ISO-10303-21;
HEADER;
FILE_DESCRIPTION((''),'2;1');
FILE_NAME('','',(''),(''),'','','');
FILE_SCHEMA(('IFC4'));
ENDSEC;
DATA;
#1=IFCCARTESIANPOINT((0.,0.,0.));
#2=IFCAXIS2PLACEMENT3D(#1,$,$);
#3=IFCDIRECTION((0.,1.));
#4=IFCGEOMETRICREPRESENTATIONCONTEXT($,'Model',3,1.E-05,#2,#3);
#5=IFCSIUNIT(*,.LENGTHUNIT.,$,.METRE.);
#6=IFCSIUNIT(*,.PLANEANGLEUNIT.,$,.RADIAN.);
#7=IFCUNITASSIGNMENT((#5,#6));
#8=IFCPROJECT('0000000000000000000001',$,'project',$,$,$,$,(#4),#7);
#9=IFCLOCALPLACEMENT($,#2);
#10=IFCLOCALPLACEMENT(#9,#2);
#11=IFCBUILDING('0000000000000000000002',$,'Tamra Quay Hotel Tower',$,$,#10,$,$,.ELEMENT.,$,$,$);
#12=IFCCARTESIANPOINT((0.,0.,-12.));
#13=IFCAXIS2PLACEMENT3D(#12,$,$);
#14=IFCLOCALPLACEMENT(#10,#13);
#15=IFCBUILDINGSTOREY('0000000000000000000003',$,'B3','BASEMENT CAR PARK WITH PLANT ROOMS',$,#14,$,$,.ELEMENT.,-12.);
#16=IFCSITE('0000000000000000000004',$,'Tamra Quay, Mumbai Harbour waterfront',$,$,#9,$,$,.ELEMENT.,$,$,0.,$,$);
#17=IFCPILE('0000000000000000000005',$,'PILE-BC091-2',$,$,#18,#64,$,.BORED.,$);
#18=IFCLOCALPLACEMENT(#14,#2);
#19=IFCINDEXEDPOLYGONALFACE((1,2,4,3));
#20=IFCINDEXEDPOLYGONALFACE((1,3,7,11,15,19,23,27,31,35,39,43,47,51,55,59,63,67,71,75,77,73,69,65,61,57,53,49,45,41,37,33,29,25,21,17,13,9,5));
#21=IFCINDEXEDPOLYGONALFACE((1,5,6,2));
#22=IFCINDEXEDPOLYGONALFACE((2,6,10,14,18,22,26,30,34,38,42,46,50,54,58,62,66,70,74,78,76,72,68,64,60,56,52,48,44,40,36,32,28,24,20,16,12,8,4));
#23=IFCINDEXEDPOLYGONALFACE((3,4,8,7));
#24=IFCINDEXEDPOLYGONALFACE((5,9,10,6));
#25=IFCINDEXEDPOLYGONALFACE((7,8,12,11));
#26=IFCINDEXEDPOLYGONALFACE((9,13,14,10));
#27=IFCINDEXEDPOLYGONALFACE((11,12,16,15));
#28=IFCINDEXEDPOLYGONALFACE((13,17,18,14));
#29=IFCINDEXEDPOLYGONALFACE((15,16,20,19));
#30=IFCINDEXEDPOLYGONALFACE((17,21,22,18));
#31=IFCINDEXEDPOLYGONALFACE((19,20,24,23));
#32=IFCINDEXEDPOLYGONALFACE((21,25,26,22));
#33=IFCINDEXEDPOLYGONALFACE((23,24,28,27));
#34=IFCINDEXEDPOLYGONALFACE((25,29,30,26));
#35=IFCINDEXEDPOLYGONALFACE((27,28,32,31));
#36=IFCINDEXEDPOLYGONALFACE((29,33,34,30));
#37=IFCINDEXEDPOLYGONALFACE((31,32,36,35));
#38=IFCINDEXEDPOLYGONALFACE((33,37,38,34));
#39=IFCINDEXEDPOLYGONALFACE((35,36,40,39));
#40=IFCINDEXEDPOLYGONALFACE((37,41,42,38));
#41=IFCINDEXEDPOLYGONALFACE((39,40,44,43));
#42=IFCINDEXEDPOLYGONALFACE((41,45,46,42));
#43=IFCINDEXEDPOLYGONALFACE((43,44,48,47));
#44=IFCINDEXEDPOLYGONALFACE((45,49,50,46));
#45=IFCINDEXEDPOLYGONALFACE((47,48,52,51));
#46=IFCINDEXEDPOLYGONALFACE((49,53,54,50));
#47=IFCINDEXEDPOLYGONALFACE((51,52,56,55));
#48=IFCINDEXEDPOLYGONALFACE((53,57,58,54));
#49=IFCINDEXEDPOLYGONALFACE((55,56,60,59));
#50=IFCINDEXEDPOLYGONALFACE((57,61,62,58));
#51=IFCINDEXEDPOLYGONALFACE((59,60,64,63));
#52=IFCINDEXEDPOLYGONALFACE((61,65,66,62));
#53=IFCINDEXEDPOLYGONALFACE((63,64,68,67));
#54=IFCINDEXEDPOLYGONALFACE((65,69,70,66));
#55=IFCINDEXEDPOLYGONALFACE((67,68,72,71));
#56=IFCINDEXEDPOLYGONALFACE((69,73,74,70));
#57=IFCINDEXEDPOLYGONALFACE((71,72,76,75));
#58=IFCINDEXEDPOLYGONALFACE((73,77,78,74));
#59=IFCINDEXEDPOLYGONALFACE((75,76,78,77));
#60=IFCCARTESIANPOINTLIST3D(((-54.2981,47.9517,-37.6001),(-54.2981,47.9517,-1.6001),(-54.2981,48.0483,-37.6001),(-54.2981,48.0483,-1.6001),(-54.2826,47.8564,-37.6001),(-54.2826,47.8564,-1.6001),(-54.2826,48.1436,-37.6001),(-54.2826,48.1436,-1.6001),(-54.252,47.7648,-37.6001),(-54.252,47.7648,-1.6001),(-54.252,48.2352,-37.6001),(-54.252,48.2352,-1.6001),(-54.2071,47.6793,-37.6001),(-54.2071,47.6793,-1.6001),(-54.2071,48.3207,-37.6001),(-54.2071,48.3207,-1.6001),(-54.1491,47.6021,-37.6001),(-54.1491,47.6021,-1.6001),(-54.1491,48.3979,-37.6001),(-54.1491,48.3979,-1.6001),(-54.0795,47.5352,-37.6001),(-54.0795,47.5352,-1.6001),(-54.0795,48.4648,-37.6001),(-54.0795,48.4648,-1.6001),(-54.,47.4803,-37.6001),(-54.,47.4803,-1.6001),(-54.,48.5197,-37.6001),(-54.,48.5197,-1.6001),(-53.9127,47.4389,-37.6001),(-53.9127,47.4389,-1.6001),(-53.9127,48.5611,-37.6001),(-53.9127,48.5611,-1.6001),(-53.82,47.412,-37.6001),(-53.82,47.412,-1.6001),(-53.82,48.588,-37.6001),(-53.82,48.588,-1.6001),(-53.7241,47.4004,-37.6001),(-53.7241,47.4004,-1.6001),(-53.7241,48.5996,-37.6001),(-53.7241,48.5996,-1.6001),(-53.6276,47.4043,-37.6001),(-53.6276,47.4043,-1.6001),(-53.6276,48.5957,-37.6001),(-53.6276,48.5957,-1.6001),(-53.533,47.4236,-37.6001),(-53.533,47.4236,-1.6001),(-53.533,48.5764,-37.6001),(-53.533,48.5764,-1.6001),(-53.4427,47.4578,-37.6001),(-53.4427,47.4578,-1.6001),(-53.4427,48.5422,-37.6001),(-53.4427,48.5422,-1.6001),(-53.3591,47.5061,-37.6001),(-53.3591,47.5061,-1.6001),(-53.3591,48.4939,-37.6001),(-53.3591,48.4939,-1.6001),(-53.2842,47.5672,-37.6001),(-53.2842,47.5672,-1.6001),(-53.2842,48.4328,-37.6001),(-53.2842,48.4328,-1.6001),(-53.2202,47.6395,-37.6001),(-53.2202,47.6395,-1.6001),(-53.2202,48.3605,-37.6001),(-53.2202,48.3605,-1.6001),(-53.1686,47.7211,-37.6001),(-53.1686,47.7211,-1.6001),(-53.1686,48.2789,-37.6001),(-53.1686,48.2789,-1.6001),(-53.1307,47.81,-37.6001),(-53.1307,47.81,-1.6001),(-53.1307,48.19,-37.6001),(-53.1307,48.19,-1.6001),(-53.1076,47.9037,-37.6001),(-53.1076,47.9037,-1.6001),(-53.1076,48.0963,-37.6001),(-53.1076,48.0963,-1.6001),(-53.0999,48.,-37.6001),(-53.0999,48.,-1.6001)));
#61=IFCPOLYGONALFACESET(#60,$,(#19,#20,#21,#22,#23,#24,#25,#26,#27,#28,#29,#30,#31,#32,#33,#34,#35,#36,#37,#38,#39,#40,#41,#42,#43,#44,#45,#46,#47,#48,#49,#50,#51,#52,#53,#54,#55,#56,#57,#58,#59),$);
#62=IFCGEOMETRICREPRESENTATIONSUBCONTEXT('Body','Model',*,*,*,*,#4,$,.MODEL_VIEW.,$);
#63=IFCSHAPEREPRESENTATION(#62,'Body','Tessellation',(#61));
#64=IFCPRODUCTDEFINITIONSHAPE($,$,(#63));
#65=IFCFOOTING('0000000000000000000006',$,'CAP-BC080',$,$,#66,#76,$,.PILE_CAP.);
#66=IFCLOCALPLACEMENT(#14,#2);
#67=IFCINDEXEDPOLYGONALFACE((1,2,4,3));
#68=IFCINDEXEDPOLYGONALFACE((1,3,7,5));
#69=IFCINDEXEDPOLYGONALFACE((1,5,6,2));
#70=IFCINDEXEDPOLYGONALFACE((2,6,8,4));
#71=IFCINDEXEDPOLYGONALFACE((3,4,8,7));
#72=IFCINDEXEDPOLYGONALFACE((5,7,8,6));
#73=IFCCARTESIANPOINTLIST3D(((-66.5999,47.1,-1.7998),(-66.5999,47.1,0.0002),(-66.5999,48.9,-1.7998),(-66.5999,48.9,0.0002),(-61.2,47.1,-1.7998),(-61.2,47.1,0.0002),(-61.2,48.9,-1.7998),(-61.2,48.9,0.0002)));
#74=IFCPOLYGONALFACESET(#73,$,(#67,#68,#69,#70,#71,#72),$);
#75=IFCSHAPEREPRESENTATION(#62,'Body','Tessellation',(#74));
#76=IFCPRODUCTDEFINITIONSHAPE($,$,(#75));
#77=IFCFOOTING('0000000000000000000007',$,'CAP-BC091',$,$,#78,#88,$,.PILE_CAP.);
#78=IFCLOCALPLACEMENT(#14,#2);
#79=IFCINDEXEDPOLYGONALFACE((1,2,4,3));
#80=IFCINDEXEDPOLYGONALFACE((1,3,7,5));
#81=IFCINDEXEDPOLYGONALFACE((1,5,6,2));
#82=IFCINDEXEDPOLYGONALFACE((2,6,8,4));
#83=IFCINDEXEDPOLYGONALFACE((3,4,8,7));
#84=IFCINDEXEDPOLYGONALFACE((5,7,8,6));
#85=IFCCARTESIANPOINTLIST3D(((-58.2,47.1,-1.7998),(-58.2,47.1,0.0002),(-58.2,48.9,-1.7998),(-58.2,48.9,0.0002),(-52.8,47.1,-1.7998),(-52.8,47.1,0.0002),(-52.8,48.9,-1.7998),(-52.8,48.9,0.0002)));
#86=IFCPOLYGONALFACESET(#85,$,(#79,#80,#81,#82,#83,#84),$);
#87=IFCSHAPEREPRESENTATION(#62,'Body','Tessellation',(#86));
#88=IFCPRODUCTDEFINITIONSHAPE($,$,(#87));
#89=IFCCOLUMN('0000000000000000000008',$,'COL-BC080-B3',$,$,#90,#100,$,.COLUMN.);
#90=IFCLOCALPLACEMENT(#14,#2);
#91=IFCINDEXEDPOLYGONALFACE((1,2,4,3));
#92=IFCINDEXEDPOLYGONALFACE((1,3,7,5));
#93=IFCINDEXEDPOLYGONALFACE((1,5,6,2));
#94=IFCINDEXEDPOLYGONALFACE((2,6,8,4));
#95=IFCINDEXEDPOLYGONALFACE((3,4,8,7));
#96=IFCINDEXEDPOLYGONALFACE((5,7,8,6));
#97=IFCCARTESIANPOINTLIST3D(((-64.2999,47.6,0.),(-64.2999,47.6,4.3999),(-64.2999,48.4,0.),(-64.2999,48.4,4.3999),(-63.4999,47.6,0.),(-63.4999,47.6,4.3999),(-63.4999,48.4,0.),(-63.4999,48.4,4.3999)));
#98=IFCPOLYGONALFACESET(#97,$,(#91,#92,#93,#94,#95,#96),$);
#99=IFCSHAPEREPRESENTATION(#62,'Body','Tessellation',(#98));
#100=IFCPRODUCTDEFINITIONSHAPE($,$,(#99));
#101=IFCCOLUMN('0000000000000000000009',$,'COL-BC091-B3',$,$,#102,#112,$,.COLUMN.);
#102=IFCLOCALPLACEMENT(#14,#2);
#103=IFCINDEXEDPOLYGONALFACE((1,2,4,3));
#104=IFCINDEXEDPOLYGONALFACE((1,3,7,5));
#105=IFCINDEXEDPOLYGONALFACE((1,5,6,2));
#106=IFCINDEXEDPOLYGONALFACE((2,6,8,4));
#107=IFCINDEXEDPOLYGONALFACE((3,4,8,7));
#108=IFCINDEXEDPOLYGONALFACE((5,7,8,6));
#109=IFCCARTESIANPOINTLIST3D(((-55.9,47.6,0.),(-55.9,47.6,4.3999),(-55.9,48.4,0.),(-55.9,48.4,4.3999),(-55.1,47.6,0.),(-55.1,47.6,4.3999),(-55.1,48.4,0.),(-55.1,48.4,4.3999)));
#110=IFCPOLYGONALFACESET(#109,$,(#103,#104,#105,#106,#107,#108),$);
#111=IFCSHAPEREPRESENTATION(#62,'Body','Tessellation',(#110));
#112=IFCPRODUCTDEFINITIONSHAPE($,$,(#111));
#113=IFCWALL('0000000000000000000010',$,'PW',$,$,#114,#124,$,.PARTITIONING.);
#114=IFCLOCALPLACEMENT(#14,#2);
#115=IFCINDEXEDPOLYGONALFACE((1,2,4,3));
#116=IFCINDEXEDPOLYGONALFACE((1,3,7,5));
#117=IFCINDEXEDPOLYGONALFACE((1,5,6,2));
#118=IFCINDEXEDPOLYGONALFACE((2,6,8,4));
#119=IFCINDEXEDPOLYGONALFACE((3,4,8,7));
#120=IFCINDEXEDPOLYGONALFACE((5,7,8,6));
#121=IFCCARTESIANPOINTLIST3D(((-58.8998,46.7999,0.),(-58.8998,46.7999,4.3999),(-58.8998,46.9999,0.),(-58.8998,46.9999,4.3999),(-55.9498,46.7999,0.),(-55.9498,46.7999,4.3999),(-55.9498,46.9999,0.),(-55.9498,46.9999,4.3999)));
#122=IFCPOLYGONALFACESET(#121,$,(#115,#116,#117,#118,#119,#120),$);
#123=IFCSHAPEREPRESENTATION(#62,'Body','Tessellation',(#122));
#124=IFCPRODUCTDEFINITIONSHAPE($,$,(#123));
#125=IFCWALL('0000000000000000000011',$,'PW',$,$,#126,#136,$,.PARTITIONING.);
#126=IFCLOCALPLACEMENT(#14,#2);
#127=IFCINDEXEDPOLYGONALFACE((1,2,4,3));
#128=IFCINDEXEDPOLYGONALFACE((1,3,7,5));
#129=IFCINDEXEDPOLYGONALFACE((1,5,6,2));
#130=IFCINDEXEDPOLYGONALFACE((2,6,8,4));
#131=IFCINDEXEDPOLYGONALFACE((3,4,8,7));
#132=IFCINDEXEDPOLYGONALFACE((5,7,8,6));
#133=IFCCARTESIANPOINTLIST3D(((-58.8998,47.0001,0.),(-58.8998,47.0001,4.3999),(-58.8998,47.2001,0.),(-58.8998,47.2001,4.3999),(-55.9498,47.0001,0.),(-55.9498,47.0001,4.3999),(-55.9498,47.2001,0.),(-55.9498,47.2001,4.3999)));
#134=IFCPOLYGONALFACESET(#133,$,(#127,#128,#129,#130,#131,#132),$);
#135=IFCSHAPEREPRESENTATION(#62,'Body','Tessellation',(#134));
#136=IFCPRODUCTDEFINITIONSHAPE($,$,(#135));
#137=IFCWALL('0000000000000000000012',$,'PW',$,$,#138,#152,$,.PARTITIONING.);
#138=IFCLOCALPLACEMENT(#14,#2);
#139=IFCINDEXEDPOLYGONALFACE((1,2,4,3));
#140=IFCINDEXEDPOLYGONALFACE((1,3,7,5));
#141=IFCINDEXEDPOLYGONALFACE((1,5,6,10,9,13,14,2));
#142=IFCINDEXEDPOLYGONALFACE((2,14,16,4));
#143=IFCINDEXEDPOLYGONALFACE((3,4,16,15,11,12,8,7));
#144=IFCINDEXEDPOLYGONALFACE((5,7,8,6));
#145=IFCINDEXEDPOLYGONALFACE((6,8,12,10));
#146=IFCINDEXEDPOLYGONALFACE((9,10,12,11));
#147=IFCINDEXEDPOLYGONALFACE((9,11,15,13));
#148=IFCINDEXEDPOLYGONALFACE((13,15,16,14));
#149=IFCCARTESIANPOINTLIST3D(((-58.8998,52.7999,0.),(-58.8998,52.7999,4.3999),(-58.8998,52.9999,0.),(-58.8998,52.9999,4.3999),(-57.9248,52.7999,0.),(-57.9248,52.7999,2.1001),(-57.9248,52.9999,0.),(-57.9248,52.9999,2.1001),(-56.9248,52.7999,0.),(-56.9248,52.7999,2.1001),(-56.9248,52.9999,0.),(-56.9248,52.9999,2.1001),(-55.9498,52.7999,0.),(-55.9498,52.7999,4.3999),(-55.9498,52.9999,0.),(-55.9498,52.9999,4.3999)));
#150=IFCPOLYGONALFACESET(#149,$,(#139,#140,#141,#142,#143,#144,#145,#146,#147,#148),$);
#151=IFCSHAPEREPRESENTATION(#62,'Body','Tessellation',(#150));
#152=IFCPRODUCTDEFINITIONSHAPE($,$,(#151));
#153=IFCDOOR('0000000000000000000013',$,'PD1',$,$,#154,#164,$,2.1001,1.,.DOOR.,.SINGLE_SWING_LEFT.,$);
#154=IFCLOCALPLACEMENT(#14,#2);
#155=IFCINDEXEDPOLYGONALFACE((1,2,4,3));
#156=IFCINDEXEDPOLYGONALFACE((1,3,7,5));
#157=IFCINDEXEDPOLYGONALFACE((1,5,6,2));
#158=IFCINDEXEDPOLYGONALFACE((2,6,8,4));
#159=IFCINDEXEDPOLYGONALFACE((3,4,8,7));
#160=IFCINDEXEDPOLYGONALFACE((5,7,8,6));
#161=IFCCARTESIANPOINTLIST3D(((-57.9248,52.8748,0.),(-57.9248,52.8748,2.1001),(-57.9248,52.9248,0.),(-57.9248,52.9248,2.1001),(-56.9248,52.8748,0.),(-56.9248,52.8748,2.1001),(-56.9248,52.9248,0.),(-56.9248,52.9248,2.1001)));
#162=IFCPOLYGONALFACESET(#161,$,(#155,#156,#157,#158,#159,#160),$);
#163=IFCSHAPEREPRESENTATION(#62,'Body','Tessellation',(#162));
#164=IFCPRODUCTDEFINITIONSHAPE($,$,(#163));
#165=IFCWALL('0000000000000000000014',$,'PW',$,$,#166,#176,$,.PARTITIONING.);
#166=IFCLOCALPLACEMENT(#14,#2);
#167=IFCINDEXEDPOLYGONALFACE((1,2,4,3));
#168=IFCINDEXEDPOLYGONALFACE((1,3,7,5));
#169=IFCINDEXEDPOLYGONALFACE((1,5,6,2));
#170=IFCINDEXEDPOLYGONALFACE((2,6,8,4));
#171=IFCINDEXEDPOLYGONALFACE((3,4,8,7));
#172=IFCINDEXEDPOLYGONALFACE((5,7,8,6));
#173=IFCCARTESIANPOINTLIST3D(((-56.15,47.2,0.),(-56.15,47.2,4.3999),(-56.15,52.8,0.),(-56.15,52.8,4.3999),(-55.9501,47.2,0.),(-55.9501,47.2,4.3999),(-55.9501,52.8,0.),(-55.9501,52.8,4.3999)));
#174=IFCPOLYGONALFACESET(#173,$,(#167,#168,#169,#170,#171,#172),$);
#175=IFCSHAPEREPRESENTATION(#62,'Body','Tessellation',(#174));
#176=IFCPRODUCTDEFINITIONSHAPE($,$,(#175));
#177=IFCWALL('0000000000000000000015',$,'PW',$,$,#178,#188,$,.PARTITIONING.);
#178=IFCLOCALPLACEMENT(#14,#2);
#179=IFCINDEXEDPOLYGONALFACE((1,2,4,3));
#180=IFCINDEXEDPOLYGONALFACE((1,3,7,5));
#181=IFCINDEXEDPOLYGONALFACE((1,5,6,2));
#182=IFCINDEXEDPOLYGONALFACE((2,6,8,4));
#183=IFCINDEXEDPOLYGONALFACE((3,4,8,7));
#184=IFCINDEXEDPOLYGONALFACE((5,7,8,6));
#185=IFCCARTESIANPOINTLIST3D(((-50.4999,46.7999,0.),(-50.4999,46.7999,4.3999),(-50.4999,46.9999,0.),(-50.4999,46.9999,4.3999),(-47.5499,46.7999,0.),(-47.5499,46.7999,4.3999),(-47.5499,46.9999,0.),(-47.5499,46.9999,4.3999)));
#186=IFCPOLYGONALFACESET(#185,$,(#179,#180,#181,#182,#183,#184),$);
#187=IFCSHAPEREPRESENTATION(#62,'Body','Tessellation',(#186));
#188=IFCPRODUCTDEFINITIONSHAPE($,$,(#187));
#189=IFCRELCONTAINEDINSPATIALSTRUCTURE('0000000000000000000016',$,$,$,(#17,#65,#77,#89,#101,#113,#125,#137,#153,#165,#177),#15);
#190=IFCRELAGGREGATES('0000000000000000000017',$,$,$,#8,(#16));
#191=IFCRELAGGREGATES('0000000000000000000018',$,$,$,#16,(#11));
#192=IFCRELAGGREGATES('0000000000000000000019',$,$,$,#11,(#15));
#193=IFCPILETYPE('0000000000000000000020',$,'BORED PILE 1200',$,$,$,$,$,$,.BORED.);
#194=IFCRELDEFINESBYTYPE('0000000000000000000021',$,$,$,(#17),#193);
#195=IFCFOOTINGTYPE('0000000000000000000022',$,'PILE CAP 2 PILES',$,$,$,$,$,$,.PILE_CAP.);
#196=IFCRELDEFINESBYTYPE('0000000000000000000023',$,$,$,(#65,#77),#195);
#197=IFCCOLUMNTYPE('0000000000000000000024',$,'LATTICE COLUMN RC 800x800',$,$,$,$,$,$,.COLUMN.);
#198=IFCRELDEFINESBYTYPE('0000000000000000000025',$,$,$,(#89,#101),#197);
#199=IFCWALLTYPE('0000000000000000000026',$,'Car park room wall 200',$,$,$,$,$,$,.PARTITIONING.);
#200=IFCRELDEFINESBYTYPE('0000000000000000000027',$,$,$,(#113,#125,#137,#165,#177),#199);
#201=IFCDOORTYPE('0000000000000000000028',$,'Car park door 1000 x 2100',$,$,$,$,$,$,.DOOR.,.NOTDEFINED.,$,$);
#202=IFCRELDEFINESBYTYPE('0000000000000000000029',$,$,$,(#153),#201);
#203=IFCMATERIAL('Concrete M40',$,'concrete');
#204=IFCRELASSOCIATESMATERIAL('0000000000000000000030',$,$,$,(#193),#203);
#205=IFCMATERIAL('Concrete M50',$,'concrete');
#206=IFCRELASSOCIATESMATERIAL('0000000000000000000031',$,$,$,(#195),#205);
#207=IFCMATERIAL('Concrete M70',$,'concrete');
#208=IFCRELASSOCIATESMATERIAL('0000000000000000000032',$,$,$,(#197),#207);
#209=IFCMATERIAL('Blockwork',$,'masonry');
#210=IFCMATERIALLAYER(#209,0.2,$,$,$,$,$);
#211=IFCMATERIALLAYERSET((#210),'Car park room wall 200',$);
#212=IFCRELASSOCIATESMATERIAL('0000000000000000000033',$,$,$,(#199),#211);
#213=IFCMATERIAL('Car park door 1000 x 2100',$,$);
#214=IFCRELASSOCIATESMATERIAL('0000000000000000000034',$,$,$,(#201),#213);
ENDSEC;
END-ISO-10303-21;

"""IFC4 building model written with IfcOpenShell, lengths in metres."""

from ifc_helpers import new_model, si_unit, direction, frame, frame_2d, origin, origin_2d, place, context, subcontext, project, spatial, rectangle, circle, extrude, material, layer, layer_set, material_profile, profile_set, type_object, element, fill, save


model = new_model("IFC4")

# Units and contexts
model_context = context("Model", 3, precision=1e-05, world=origin(), true_north=direction((0.0, 1.0)))
body_context = subcontext(model_context, "Body", "Model", "MODEL_VIEW")
ifc_project = project(units=[si_unit("LENGTHUNIT", "METRE"), si_unit("PLANEANGLEUNIT", "RADIAN")], contexts=[model_context])

# Site, building, storey
site_placement = place(None, origin())
site = spatial("IfcSite", under=ifc_project, at=site_placement, Name="Tamra Quay, Mumbai Harbour waterfront", CompositionType="ELEMENT", RefElevation=0.0)
building_placement = place(site_placement, origin())
building = spatial("IfcBuilding", under=site, at=building_placement, Name="Tamra Quay Hotel Tower", CompositionType="ELEMENT")
storey_placement = place(building_placement, frame((0.0, 0.0, -12.0)))
storey = spatial("IfcBuildingStorey", under=building, at=storey_placement, Name="B3", Description="BASEMENT CAR PARK WITH PLANT ROOMS", CompositionType="ELEMENT", Elevation=-12.0)

# Pile
ifc_material_1 = material(Name="Concrete M40", Category="concrete")
ifc_material_profile_1 = material_profile(ifc_material_1, circle(Radius=0.6001, at=origin_2d()), Name="BORED PILE 1200")
ifc_profile_set_1 = profile_set([ifc_material_profile_1], Name="Concrete M40")
pile_type = type_object("IfcPileType", Name="BORED PILE 1200", PredefinedType="BORED", material=ifc_profile_set_1)
for number, where, z_axis, x_axis, name in (
    (1, (-53.7, 48.0, -1.6001), (0.0, 0.0, -1.0), (1.0, 0.0, 0.0), "PILE-BC091-2"),
):
    element("IfcPile", number, at=place(storey_placement, frame(where, z_axis=z_axis, x_axis=x_axis)), inside=storey, type_object=pile_type, Name=name, PredefinedType="BORED", context=body_context, shape_type="SweptSolid", body=[
        extrude(circle(Radius=0.6001, at=origin_2d()), origin(), (0.0, 0.0, 1.0), 36.0),
    ])

# Footings
ifc_material_2 = material(Name="Concrete M50", Category="concrete")
footing_type = type_object("IfcFootingType", Name="PILE CAP 2 PILES", PredefinedType="PILE_CAP", material=ifc_material_2)
for number, where, z_axis, x_axis, name in (
    (2, (-63.8999, 48.0, -1.7998), (0.0, 0.0, 1.0), (1.0, 0.0, 0.0), "CAP-BC080"),
    (3, (-55.5, 48.0, -1.7998), (0.0, 0.0, 1.0), (1.0, 0.0, 0.0), "CAP-BC091"),
):
    element("IfcFooting", number, at=place(storey_placement, frame(where, z_axis=z_axis, x_axis=x_axis)), inside=storey, type_object=footing_type, Name=name, PredefinedType="PILE_CAP", context=body_context, shape_type="SweptSolid", body=[
        extrude(rectangle(XDim=5.3999, YDim=1.8, at=origin_2d()), origin(), (0.0, 0.0, 1.0), 1.8),
    ])

# Columns
ifc_material_3 = material(Name="Concrete M70", Category="concrete")
ifc_material_profile_2 = material_profile(ifc_material_3, rectangle(XDim=0.8, YDim=0.8, at=origin_2d()), Name="LATTICE COLUMN RC 800x800")
ifc_profile_set_2 = profile_set([ifc_material_profile_2], Name="Concrete M70")
column_type = type_object("IfcColumnType", Name="LATTICE COLUMN RC 800x800", PredefinedType="COLUMN", material=ifc_profile_set_2)
for number, where, z_axis, x_axis, name in (
    (4, (-63.8999, 48.0, 0.0), (0.0, 0.0, 1.0), (1.0, 0.0, 0.0), "COL-BC080-B3"),
    (5, (-55.5, 48.0, 0.0), (0.0, 0.0, 1.0), (1.0, 0.0, 0.0), "COL-BC091-B3"),
):
    element("IfcColumn", number, at=place(storey_placement, frame(where, z_axis=z_axis, x_axis=x_axis)), inside=storey, type_object=column_type, Name=name, PredefinedType="COLUMN", context=body_context, shape_type="SweptSolid", body=[
        extrude(rectangle(XDim=0.8, YDim=0.8, at=origin_2d()), origin(), (0.0, 0.0, 1.0), 4.3999),
    ])

# Walls
ifc_material_4 = material(Name="Blockwork", Category="masonry")
ifc_layer_1 = layer(ifc_material_4, 0.2)
ifc_layer_set_1 = layer_set([ifc_layer_1], Name="Car park room wall 200")
wall_type_1 = type_object("IfcWallType", Name="Car park room wall 200", PredefinedType="PARTITIONING", material=ifc_layer_set_1)
for number, where, z_axis, x_axis, name in (
    (6, (-58.8999, 46.8999, 0.0), (0.0, 0.0, 1.0), (1.0, 0.0, 0.0), "PW"),
    (7, (-58.8999, 47.1001, 0.0), (0.0, 0.0, 1.0), (1.0, 0.0, 0.0), "PW"),
):
    element("IfcWall", number, at=place(storey_placement, frame(where, z_axis=z_axis, x_axis=x_axis)), inside=storey, type_object=wall_type_1, Name=name, PredefinedType="PARTITIONING", context=body_context, shape_type="SweptSolid", body=[
        extrude(rectangle(XDim=2.95, YDim=0.2, at=frame_2d((1.4751, 0.0))), origin(), (0.0, 0.0, 1.0), 4.3999),
    ])

# Wall, opening, door
wall_1_placement = place(storey_placement, frame((-58.8999, 52.8999, 0.0), z_axis=(0.0, 0.0, 1.0), x_axis=(1.0, 0.0, 0.0)))
wall_1 = element("IfcWall", 8, at=wall_1_placement, inside=storey, type_object=wall_type_1, Name="PW", PredefinedType="PARTITIONING", context=body_context, shape_type="SweptSolid", body=[
    extrude(rectangle(XDim=2.95, YDim=0.2, at=frame_2d((1.4751, 0.0))), origin(), (0.0, 0.0, 1.0), 4.3999),
])
opening_1_placement = place(wall_1_placement, frame((0.9751, 0.0, 0.0)))
opening_1 = element("IfcOpeningElement", 9, at=opening_1_placement, cuts=wall_1, PredefinedType="OPENING", context=body_context, shape_type="SweptSolid", body=[
    extrude(rectangle(XDim=1.0, YDim=2.1001, at=frame_2d((0.5, 1.05))), frame((0.0, 0.1099, 0.0), z_axis=(0.0, -1.0, 0.0), x_axis=(1.0, 0.0, 0.0)), (0.0, 0.0, 1.0), 0.22),
])
ifc_material_5 = material(Name="Car park door 1000 x 2100")
door_type = type_object("IfcDoorType", Name="Car park door 1000 x 2100", OperationType="NOTDEFINED", PredefinedType="DOOR", material=ifc_material_5)
door_1_placement = place(opening_1_placement, origin())
door_1 = element("IfcDoor", 10, at=door_1_placement, inside=storey, type_object=door_type, Name="PD1", OperationType="SINGLE_SWING_LEFT", OverallHeight=2.1001, OverallWidth=1.0, PredefinedType="DOOR", context=body_context, shape_type="SweptSolid", body=[
    extrude(rectangle(XDim=1.0, YDim=2.1001, at=frame_2d((0.5, 1.05))), frame((0.0, 0.0249, 0.0), z_axis=(0.0, -1.0, 0.0), x_axis=(1.0, 0.0, 0.0)), (0.0, 0.0, 1.0), 0.05),
])
fill(opening_1, door_1)

# Walls
wall_2_placement = place(storey_placement, frame((-56.05, 47.2, 0.0), z_axis=(0.0, 0.0, 1.0), x_axis=(0.0, 1.0, 0.0)))
element("IfcWall", 11, at=wall_2_placement, inside=storey, type_object=wall_type_1, Name="PW", PredefinedType="PARTITIONING", context=body_context, shape_type="SweptSolid", body=[
    extrude(rectangle(XDim=5.6001, YDim=0.2, at=frame_2d((2.8, 0.0))), origin(), (0.0, 0.0, 1.0), 4.3999),
])
for number, where, z_axis, x_axis, name in (
    (12, (-50.5, 46.8999, 0.0), (0.0, 0.0, 1.0), (1.0, 0.0, 0.0), "PW"),
):
    element("IfcWall", number, at=place(storey_placement, frame(where, z_axis=z_axis, x_axis=x_axis)), inside=storey, type_object=wall_type_1, Name=name, PredefinedType="PARTITIONING", context=body_context, shape_type="SweptSolid", body=[
        extrude(rectangle(XDim=2.95, YDim=0.2, at=frame_2d((1.4751, 0.0))), origin(), (0.0, 0.0, 1.0), 4.3999),
    ])

save(model, "model.ifc")
